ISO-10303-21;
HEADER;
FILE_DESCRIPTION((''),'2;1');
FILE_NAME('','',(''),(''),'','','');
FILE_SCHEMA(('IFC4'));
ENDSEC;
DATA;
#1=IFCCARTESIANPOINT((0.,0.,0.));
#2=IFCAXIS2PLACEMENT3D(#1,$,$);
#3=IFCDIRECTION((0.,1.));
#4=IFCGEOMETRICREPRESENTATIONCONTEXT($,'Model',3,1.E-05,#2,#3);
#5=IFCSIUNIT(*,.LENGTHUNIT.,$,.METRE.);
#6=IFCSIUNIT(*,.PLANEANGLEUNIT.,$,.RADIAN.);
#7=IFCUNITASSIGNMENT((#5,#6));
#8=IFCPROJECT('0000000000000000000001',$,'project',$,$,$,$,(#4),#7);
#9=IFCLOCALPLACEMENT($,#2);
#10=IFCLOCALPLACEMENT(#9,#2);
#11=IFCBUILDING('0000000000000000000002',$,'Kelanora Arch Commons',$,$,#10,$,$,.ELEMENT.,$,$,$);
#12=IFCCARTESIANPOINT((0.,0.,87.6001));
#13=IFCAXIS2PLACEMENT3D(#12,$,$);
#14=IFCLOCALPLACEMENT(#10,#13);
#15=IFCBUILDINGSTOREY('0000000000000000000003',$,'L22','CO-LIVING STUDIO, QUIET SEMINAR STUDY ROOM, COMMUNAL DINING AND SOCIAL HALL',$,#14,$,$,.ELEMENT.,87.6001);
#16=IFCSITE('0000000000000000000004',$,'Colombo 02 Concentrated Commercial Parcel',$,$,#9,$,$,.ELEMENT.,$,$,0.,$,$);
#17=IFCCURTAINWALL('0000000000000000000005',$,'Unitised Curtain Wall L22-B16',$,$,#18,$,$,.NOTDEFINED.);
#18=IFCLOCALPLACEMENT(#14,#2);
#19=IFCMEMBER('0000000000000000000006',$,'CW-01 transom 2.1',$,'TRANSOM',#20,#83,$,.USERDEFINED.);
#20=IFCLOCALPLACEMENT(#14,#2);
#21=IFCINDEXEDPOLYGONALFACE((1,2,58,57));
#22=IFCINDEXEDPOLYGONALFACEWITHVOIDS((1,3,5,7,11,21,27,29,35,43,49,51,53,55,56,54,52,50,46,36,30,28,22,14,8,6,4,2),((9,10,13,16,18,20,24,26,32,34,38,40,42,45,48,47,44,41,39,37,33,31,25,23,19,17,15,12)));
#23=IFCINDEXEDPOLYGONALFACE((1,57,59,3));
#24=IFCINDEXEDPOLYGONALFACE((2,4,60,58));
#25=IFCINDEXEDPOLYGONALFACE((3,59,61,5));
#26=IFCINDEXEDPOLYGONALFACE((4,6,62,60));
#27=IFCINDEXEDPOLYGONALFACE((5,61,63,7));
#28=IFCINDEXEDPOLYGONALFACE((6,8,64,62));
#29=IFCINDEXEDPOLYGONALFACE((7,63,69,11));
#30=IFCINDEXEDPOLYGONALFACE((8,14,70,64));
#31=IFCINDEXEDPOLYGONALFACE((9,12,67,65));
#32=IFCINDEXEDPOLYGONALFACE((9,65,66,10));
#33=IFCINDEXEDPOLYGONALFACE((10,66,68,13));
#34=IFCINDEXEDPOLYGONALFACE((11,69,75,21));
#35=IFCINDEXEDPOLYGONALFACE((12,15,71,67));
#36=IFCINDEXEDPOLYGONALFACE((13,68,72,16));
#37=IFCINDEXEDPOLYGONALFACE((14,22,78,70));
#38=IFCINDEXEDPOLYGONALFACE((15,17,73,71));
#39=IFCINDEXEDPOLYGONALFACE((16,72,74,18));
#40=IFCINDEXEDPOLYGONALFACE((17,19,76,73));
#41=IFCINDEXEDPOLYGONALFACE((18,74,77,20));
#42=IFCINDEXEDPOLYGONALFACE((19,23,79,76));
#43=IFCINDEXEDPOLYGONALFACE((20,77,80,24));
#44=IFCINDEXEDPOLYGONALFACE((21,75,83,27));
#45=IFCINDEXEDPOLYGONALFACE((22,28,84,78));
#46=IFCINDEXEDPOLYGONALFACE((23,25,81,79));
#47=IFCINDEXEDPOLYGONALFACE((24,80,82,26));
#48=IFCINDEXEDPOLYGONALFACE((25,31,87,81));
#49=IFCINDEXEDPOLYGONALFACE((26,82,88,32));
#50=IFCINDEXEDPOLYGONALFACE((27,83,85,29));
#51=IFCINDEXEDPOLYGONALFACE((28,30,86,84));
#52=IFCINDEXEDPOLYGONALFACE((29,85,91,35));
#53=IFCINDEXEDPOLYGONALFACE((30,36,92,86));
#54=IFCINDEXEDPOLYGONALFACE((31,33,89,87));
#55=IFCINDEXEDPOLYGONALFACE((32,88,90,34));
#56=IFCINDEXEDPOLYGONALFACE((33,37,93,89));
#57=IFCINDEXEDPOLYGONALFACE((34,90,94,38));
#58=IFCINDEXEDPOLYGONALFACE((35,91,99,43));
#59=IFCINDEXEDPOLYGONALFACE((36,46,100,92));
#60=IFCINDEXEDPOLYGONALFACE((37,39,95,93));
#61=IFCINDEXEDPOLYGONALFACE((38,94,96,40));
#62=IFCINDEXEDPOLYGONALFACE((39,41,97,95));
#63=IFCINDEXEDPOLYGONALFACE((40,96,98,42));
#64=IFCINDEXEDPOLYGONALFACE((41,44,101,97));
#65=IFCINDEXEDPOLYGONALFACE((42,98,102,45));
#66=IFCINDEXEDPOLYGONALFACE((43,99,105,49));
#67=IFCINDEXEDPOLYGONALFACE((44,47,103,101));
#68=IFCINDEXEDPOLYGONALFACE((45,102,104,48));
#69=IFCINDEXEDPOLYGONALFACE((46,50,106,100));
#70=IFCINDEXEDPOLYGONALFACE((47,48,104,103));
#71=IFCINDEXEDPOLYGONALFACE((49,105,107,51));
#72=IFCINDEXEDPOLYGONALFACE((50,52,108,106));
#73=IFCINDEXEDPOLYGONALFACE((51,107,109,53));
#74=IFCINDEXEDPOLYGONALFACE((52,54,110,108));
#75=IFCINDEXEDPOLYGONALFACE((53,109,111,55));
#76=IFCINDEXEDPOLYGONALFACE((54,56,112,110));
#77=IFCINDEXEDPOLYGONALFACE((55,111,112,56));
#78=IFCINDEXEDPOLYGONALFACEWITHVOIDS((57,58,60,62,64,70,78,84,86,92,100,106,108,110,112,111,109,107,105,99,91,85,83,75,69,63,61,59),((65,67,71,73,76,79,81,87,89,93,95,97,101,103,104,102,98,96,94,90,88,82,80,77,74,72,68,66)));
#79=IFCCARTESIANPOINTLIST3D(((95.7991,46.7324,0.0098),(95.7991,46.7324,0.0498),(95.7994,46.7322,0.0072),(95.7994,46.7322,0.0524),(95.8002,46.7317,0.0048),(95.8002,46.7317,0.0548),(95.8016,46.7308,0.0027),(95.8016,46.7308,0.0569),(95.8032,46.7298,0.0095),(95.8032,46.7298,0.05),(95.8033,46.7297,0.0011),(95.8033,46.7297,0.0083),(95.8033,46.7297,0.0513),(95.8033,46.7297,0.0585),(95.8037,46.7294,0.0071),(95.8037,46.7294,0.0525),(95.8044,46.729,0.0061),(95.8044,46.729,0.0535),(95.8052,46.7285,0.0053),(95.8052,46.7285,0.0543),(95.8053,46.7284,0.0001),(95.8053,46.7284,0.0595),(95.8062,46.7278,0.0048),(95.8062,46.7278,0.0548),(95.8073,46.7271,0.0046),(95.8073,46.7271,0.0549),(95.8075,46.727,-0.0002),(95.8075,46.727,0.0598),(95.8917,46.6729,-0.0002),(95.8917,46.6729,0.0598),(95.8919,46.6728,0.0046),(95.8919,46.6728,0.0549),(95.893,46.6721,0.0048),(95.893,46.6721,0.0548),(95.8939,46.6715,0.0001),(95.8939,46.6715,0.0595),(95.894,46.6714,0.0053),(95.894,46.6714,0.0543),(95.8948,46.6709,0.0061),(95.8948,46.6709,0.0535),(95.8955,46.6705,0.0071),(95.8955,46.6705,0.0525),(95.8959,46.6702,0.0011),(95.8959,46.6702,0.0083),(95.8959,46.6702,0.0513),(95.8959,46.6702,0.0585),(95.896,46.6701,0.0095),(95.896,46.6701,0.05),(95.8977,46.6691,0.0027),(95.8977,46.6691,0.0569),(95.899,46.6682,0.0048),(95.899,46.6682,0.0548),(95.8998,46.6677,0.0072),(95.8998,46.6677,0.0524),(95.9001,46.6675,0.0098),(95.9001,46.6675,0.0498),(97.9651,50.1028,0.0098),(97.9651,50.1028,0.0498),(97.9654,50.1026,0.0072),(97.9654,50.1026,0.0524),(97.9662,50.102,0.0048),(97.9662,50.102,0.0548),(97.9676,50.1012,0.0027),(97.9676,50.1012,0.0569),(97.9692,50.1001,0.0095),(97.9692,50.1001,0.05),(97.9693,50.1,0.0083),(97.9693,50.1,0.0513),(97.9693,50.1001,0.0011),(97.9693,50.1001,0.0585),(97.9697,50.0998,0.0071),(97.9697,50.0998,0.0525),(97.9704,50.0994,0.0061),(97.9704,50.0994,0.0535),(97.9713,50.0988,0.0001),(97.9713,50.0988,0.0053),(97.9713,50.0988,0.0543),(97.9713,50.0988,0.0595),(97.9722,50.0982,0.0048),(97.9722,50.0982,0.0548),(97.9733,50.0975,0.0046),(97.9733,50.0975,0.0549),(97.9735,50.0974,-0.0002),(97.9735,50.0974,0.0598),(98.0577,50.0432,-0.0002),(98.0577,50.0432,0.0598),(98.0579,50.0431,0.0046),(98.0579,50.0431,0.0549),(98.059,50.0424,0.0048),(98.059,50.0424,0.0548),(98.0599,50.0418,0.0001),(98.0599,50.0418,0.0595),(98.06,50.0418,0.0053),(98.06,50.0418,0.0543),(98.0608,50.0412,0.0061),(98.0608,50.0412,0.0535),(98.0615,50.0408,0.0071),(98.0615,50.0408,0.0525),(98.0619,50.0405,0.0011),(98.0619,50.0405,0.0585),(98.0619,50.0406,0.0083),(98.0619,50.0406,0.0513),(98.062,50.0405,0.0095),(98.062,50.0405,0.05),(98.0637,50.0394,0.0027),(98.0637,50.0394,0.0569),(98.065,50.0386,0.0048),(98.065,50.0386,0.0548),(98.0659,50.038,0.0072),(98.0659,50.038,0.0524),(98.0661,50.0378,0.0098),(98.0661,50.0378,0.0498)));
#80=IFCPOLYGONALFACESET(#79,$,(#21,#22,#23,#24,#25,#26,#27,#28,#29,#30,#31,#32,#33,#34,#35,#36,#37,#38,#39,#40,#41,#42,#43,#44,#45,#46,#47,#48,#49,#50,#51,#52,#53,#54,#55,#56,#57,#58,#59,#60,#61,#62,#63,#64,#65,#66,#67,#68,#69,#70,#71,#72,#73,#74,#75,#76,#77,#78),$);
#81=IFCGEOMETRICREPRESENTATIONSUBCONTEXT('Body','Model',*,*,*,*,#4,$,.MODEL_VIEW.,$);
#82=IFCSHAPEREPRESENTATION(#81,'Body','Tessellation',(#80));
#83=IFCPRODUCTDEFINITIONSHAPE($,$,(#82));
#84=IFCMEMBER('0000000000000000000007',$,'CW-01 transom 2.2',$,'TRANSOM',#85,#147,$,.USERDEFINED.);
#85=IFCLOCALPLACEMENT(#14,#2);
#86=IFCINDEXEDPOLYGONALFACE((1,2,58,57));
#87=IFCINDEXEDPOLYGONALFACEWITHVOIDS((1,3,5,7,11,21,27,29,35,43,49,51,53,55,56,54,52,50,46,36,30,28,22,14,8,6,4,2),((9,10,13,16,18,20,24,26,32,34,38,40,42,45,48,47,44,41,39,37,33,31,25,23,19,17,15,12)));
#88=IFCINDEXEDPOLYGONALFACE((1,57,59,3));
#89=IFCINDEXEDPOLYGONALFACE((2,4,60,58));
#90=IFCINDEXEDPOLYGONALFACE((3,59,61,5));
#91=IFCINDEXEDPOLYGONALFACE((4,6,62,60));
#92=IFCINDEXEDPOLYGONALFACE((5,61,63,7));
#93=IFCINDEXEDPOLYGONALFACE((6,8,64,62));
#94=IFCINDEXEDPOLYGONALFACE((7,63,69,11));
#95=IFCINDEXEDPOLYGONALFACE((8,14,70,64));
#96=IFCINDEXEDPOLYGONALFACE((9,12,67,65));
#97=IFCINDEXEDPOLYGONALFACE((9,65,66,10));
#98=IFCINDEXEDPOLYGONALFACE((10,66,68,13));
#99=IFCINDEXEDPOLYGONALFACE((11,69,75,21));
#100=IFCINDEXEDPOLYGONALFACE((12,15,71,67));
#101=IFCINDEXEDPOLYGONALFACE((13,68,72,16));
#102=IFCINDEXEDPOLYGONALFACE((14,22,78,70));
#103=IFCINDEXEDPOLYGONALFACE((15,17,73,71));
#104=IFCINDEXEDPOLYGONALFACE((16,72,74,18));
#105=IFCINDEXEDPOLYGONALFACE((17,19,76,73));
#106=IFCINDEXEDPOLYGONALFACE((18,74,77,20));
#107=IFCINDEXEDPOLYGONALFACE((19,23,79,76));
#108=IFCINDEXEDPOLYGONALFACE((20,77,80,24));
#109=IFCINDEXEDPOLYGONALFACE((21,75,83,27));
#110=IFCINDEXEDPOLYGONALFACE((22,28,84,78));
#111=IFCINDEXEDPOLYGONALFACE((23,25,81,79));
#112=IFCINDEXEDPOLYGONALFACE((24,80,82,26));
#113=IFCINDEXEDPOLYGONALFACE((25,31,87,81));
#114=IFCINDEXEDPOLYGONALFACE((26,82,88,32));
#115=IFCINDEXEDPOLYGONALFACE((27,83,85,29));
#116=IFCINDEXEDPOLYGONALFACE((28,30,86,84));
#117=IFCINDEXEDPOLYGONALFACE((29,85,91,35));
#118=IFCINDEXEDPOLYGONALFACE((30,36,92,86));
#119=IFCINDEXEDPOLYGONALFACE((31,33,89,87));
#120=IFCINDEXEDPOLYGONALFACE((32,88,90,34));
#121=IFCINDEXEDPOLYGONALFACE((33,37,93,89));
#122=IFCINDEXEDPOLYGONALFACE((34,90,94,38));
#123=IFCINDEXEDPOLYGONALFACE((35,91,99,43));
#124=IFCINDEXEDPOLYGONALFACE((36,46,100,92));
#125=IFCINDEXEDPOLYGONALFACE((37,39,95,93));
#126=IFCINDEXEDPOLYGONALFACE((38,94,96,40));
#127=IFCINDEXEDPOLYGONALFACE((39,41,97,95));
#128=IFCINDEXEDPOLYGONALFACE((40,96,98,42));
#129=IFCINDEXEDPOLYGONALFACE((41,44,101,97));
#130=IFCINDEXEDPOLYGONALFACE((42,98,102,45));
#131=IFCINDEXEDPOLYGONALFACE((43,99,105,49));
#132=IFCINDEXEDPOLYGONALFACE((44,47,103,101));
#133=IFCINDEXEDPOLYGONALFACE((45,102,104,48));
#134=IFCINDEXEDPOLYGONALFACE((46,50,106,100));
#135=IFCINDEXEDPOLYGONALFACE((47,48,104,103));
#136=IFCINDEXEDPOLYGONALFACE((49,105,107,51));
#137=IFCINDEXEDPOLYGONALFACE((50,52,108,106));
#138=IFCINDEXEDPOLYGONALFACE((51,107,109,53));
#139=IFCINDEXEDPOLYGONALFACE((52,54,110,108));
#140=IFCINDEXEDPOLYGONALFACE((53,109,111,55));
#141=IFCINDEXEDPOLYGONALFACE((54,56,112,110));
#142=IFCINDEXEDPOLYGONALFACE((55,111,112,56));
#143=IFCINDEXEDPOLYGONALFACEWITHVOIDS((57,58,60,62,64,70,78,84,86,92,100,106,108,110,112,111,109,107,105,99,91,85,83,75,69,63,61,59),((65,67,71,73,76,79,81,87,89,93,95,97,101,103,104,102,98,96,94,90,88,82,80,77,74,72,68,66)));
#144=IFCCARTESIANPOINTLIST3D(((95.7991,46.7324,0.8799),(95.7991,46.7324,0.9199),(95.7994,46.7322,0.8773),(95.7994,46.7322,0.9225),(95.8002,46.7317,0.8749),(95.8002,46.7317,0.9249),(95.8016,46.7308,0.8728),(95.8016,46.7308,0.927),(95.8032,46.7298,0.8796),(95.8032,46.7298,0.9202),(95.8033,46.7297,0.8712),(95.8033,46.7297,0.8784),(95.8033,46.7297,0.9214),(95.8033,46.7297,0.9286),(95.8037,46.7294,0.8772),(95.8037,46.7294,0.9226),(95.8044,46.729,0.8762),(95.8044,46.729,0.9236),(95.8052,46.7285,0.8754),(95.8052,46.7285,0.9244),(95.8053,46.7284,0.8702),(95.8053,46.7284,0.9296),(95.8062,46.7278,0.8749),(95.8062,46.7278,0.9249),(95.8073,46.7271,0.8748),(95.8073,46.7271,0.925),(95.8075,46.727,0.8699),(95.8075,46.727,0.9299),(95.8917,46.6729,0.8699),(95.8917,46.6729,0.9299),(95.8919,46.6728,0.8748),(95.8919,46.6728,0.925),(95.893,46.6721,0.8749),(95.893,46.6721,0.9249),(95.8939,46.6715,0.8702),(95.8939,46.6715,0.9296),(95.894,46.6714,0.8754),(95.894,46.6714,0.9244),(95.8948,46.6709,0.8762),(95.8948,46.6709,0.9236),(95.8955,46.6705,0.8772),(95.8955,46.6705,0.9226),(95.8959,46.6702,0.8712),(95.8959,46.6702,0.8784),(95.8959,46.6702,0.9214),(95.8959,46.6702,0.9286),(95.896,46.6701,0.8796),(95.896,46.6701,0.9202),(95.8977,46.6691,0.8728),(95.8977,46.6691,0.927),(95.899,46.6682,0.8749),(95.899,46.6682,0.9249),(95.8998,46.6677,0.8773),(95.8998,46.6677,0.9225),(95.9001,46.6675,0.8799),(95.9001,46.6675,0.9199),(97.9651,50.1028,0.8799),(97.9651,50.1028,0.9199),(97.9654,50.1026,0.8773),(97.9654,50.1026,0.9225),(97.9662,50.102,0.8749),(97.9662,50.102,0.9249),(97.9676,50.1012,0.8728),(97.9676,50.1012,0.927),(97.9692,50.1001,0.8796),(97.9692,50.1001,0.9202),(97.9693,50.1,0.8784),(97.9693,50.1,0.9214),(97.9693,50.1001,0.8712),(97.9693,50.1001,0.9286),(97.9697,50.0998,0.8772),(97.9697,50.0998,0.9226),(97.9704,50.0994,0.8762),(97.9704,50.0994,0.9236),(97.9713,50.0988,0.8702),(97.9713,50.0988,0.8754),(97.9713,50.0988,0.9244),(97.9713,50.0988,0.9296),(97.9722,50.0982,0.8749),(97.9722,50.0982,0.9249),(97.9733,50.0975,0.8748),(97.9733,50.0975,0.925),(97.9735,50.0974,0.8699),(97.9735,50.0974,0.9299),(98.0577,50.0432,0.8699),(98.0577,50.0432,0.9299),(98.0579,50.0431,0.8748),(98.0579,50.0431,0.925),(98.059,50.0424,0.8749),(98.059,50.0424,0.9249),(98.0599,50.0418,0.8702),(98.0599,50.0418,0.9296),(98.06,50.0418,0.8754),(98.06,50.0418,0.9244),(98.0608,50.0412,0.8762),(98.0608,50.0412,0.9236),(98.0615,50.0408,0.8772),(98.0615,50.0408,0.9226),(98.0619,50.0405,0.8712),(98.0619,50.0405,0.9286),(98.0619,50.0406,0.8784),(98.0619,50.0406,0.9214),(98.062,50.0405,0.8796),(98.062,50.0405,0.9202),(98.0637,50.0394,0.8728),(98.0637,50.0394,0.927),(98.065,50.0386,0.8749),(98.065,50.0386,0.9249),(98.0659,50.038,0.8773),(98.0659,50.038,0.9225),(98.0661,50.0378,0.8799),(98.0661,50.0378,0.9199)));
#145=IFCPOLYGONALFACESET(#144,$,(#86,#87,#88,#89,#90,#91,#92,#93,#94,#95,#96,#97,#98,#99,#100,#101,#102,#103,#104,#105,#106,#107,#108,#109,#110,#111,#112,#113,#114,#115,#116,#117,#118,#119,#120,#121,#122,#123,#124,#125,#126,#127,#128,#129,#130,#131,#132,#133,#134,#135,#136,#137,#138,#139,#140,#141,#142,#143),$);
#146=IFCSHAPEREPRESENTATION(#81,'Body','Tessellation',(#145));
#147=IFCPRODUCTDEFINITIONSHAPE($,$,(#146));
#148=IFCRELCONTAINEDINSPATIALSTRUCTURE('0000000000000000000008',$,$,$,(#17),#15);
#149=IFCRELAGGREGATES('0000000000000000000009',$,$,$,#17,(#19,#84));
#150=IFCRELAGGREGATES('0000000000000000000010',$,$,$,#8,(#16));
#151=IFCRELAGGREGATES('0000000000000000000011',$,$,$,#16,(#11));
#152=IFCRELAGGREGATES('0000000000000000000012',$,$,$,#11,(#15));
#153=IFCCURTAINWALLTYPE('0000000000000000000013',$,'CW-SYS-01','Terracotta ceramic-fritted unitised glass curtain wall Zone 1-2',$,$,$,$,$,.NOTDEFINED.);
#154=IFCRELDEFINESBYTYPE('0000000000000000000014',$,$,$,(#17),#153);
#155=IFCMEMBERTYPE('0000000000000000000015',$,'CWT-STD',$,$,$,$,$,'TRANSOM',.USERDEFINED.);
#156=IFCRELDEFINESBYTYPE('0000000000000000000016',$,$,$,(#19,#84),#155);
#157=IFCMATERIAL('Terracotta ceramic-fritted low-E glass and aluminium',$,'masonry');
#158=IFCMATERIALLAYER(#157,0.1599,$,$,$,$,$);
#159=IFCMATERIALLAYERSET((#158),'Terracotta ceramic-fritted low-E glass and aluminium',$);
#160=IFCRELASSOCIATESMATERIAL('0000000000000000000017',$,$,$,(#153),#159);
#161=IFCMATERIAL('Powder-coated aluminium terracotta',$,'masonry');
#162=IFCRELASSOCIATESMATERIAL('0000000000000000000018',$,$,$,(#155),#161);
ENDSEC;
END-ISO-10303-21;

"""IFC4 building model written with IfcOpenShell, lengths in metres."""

from ifc_helpers import new_model, si_unit, direction, frame, origin, origin_2d, place, context, subcontext, project, spatial, hollow_rectangle, extrude, material, layer, layer_set, material_profile, profile_set, type_object, element, aggregate, save


model = new_model("IFC4")

# Units and contexts
model_context = context("Model", 3, precision=1e-05, world=origin(), true_north=direction((0.0, 1.0)))
body_context = subcontext(model_context, "Body", "Model", "MODEL_VIEW")
ifc_project = project(units=[si_unit("LENGTHUNIT", "METRE"), si_unit("PLANEANGLEUNIT", "RADIAN")], contexts=[model_context])

# Site, building, storey
site_placement = place(None, origin())
site = spatial("IfcSite", under=ifc_project, at=site_placement, Name="Colombo 02 Concentrated Commercial Parcel", CompositionType="ELEMENT", RefElevation=0.0)
building_placement = place(site_placement, origin())
building = spatial("IfcBuilding", under=site, at=building_placement, Name="Kelanora Arch Commons", CompositionType="ELEMENT")
storey_placement = place(building_placement, frame((0.0, 0.0, 87.6001)))
storey = spatial("IfcBuildingStorey", under=building, at=storey_placement, Name="L22", Description="CO-LIVING STUDIO, QUIET SEMINAR STUDY ROOM, COMMUNAL DINING AND SOCIAL HALL", CompositionType="ELEMENT", Elevation=87.6001)

# Shared definitions
ifc_material_1 = material(Name="Terracotta ceramic-fritted low-E glass and aluminium", Category="masonry")
ifc_layer_1 = layer(ifc_material_1, 0.1599)
ifc_layer_set_1 = layer_set([ifc_layer_1], Name="Terracotta ceramic-fritted low-E glass and aluminium")
curtain_wall_type = type_object("IfcCurtainWallType", Name="CW-SYS-01", Description="Terracotta ceramic-fritted unitised glass curtain wall Zone 1-2", PredefinedType="NOTDEFINED", material=ifc_layer_set_1)
ifc_material_2 = material(Name="Powder-coated aluminium terracotta", Category="masonry")

# Curtain wall, members
curtain_wall_1_placement = place(storey_placement, origin())
curtain_wall_1 = element("IfcCurtainWall", 1, at=curtain_wall_1_placement, inside=storey, type_object=curtain_wall_type, Name="Unitised Curtain Wall L22-B16", PredefinedType="NOTDEFINED")
ifc_material_profile_1 = material_profile(ifc_material_2, hollow_rectangle(XDim=0.1201, YDim=0.0601, WallThickness=0.0049, InnerFilletRadius=0.0049, OuterFilletRadius=0.01, at=origin_2d()), Name="CWT120x60")
ifc_profile_set_1 = profile_set([ifc_material_profile_1], Name="Powder-coated aluminium terracotta")
member_type_1 = type_object("IfcMemberType", Name="CWT-STD", ElementType="TRANSOM", PredefinedType="USERDEFINED", material=ifc_profile_set_1)
member_1_placement = place(storey_placement, frame((95.8496, 46.7, 0.0298), z_axis=(0.540644, 0.841252, 0.0), x_axis=(-0.841252, 0.540644, 0.0)))
member_1 = element("IfcMember", 2, at=member_1_placement, type_object=member_type_1, Name="CW-01 transom 2.1", ObjectType="TRANSOM", PredefinedType="USERDEFINED", context=body_context, shape_type="SweptSolid", body=[
    extrude(hollow_rectangle(XDim=0.1201, YDim=0.0601, WallThickness=0.0049, InnerFilletRadius=0.0049, OuterFilletRadius=0.01, at=origin_2d()), origin(), (0.0, 0.0, 1.0), 4.0063),
])
member_2_placement = place(storey_placement, frame((95.8496, 46.7, 0.8999), z_axis=(0.540644, 0.841252, 0.0), x_axis=(-0.841252, 0.540644, 0.0)))
member_2 = element("IfcMember", 3, at=member_2_placement, type_object=member_type_1, Name="CW-01 transom 2.2", ObjectType="TRANSOM", PredefinedType="USERDEFINED", context=body_context, shape_type="SweptSolid", body=[
    extrude(hollow_rectangle(XDim=0.1201, YDim=0.0601, WallThickness=0.0049, InnerFilletRadius=0.0049, OuterFilletRadius=0.01, at=origin_2d()), origin(), (0.0, 0.0, 1.0), 4.0063),
])
aggregate(curtain_wall_1, [member_1, member_2])

save(model, "model.ifc")
